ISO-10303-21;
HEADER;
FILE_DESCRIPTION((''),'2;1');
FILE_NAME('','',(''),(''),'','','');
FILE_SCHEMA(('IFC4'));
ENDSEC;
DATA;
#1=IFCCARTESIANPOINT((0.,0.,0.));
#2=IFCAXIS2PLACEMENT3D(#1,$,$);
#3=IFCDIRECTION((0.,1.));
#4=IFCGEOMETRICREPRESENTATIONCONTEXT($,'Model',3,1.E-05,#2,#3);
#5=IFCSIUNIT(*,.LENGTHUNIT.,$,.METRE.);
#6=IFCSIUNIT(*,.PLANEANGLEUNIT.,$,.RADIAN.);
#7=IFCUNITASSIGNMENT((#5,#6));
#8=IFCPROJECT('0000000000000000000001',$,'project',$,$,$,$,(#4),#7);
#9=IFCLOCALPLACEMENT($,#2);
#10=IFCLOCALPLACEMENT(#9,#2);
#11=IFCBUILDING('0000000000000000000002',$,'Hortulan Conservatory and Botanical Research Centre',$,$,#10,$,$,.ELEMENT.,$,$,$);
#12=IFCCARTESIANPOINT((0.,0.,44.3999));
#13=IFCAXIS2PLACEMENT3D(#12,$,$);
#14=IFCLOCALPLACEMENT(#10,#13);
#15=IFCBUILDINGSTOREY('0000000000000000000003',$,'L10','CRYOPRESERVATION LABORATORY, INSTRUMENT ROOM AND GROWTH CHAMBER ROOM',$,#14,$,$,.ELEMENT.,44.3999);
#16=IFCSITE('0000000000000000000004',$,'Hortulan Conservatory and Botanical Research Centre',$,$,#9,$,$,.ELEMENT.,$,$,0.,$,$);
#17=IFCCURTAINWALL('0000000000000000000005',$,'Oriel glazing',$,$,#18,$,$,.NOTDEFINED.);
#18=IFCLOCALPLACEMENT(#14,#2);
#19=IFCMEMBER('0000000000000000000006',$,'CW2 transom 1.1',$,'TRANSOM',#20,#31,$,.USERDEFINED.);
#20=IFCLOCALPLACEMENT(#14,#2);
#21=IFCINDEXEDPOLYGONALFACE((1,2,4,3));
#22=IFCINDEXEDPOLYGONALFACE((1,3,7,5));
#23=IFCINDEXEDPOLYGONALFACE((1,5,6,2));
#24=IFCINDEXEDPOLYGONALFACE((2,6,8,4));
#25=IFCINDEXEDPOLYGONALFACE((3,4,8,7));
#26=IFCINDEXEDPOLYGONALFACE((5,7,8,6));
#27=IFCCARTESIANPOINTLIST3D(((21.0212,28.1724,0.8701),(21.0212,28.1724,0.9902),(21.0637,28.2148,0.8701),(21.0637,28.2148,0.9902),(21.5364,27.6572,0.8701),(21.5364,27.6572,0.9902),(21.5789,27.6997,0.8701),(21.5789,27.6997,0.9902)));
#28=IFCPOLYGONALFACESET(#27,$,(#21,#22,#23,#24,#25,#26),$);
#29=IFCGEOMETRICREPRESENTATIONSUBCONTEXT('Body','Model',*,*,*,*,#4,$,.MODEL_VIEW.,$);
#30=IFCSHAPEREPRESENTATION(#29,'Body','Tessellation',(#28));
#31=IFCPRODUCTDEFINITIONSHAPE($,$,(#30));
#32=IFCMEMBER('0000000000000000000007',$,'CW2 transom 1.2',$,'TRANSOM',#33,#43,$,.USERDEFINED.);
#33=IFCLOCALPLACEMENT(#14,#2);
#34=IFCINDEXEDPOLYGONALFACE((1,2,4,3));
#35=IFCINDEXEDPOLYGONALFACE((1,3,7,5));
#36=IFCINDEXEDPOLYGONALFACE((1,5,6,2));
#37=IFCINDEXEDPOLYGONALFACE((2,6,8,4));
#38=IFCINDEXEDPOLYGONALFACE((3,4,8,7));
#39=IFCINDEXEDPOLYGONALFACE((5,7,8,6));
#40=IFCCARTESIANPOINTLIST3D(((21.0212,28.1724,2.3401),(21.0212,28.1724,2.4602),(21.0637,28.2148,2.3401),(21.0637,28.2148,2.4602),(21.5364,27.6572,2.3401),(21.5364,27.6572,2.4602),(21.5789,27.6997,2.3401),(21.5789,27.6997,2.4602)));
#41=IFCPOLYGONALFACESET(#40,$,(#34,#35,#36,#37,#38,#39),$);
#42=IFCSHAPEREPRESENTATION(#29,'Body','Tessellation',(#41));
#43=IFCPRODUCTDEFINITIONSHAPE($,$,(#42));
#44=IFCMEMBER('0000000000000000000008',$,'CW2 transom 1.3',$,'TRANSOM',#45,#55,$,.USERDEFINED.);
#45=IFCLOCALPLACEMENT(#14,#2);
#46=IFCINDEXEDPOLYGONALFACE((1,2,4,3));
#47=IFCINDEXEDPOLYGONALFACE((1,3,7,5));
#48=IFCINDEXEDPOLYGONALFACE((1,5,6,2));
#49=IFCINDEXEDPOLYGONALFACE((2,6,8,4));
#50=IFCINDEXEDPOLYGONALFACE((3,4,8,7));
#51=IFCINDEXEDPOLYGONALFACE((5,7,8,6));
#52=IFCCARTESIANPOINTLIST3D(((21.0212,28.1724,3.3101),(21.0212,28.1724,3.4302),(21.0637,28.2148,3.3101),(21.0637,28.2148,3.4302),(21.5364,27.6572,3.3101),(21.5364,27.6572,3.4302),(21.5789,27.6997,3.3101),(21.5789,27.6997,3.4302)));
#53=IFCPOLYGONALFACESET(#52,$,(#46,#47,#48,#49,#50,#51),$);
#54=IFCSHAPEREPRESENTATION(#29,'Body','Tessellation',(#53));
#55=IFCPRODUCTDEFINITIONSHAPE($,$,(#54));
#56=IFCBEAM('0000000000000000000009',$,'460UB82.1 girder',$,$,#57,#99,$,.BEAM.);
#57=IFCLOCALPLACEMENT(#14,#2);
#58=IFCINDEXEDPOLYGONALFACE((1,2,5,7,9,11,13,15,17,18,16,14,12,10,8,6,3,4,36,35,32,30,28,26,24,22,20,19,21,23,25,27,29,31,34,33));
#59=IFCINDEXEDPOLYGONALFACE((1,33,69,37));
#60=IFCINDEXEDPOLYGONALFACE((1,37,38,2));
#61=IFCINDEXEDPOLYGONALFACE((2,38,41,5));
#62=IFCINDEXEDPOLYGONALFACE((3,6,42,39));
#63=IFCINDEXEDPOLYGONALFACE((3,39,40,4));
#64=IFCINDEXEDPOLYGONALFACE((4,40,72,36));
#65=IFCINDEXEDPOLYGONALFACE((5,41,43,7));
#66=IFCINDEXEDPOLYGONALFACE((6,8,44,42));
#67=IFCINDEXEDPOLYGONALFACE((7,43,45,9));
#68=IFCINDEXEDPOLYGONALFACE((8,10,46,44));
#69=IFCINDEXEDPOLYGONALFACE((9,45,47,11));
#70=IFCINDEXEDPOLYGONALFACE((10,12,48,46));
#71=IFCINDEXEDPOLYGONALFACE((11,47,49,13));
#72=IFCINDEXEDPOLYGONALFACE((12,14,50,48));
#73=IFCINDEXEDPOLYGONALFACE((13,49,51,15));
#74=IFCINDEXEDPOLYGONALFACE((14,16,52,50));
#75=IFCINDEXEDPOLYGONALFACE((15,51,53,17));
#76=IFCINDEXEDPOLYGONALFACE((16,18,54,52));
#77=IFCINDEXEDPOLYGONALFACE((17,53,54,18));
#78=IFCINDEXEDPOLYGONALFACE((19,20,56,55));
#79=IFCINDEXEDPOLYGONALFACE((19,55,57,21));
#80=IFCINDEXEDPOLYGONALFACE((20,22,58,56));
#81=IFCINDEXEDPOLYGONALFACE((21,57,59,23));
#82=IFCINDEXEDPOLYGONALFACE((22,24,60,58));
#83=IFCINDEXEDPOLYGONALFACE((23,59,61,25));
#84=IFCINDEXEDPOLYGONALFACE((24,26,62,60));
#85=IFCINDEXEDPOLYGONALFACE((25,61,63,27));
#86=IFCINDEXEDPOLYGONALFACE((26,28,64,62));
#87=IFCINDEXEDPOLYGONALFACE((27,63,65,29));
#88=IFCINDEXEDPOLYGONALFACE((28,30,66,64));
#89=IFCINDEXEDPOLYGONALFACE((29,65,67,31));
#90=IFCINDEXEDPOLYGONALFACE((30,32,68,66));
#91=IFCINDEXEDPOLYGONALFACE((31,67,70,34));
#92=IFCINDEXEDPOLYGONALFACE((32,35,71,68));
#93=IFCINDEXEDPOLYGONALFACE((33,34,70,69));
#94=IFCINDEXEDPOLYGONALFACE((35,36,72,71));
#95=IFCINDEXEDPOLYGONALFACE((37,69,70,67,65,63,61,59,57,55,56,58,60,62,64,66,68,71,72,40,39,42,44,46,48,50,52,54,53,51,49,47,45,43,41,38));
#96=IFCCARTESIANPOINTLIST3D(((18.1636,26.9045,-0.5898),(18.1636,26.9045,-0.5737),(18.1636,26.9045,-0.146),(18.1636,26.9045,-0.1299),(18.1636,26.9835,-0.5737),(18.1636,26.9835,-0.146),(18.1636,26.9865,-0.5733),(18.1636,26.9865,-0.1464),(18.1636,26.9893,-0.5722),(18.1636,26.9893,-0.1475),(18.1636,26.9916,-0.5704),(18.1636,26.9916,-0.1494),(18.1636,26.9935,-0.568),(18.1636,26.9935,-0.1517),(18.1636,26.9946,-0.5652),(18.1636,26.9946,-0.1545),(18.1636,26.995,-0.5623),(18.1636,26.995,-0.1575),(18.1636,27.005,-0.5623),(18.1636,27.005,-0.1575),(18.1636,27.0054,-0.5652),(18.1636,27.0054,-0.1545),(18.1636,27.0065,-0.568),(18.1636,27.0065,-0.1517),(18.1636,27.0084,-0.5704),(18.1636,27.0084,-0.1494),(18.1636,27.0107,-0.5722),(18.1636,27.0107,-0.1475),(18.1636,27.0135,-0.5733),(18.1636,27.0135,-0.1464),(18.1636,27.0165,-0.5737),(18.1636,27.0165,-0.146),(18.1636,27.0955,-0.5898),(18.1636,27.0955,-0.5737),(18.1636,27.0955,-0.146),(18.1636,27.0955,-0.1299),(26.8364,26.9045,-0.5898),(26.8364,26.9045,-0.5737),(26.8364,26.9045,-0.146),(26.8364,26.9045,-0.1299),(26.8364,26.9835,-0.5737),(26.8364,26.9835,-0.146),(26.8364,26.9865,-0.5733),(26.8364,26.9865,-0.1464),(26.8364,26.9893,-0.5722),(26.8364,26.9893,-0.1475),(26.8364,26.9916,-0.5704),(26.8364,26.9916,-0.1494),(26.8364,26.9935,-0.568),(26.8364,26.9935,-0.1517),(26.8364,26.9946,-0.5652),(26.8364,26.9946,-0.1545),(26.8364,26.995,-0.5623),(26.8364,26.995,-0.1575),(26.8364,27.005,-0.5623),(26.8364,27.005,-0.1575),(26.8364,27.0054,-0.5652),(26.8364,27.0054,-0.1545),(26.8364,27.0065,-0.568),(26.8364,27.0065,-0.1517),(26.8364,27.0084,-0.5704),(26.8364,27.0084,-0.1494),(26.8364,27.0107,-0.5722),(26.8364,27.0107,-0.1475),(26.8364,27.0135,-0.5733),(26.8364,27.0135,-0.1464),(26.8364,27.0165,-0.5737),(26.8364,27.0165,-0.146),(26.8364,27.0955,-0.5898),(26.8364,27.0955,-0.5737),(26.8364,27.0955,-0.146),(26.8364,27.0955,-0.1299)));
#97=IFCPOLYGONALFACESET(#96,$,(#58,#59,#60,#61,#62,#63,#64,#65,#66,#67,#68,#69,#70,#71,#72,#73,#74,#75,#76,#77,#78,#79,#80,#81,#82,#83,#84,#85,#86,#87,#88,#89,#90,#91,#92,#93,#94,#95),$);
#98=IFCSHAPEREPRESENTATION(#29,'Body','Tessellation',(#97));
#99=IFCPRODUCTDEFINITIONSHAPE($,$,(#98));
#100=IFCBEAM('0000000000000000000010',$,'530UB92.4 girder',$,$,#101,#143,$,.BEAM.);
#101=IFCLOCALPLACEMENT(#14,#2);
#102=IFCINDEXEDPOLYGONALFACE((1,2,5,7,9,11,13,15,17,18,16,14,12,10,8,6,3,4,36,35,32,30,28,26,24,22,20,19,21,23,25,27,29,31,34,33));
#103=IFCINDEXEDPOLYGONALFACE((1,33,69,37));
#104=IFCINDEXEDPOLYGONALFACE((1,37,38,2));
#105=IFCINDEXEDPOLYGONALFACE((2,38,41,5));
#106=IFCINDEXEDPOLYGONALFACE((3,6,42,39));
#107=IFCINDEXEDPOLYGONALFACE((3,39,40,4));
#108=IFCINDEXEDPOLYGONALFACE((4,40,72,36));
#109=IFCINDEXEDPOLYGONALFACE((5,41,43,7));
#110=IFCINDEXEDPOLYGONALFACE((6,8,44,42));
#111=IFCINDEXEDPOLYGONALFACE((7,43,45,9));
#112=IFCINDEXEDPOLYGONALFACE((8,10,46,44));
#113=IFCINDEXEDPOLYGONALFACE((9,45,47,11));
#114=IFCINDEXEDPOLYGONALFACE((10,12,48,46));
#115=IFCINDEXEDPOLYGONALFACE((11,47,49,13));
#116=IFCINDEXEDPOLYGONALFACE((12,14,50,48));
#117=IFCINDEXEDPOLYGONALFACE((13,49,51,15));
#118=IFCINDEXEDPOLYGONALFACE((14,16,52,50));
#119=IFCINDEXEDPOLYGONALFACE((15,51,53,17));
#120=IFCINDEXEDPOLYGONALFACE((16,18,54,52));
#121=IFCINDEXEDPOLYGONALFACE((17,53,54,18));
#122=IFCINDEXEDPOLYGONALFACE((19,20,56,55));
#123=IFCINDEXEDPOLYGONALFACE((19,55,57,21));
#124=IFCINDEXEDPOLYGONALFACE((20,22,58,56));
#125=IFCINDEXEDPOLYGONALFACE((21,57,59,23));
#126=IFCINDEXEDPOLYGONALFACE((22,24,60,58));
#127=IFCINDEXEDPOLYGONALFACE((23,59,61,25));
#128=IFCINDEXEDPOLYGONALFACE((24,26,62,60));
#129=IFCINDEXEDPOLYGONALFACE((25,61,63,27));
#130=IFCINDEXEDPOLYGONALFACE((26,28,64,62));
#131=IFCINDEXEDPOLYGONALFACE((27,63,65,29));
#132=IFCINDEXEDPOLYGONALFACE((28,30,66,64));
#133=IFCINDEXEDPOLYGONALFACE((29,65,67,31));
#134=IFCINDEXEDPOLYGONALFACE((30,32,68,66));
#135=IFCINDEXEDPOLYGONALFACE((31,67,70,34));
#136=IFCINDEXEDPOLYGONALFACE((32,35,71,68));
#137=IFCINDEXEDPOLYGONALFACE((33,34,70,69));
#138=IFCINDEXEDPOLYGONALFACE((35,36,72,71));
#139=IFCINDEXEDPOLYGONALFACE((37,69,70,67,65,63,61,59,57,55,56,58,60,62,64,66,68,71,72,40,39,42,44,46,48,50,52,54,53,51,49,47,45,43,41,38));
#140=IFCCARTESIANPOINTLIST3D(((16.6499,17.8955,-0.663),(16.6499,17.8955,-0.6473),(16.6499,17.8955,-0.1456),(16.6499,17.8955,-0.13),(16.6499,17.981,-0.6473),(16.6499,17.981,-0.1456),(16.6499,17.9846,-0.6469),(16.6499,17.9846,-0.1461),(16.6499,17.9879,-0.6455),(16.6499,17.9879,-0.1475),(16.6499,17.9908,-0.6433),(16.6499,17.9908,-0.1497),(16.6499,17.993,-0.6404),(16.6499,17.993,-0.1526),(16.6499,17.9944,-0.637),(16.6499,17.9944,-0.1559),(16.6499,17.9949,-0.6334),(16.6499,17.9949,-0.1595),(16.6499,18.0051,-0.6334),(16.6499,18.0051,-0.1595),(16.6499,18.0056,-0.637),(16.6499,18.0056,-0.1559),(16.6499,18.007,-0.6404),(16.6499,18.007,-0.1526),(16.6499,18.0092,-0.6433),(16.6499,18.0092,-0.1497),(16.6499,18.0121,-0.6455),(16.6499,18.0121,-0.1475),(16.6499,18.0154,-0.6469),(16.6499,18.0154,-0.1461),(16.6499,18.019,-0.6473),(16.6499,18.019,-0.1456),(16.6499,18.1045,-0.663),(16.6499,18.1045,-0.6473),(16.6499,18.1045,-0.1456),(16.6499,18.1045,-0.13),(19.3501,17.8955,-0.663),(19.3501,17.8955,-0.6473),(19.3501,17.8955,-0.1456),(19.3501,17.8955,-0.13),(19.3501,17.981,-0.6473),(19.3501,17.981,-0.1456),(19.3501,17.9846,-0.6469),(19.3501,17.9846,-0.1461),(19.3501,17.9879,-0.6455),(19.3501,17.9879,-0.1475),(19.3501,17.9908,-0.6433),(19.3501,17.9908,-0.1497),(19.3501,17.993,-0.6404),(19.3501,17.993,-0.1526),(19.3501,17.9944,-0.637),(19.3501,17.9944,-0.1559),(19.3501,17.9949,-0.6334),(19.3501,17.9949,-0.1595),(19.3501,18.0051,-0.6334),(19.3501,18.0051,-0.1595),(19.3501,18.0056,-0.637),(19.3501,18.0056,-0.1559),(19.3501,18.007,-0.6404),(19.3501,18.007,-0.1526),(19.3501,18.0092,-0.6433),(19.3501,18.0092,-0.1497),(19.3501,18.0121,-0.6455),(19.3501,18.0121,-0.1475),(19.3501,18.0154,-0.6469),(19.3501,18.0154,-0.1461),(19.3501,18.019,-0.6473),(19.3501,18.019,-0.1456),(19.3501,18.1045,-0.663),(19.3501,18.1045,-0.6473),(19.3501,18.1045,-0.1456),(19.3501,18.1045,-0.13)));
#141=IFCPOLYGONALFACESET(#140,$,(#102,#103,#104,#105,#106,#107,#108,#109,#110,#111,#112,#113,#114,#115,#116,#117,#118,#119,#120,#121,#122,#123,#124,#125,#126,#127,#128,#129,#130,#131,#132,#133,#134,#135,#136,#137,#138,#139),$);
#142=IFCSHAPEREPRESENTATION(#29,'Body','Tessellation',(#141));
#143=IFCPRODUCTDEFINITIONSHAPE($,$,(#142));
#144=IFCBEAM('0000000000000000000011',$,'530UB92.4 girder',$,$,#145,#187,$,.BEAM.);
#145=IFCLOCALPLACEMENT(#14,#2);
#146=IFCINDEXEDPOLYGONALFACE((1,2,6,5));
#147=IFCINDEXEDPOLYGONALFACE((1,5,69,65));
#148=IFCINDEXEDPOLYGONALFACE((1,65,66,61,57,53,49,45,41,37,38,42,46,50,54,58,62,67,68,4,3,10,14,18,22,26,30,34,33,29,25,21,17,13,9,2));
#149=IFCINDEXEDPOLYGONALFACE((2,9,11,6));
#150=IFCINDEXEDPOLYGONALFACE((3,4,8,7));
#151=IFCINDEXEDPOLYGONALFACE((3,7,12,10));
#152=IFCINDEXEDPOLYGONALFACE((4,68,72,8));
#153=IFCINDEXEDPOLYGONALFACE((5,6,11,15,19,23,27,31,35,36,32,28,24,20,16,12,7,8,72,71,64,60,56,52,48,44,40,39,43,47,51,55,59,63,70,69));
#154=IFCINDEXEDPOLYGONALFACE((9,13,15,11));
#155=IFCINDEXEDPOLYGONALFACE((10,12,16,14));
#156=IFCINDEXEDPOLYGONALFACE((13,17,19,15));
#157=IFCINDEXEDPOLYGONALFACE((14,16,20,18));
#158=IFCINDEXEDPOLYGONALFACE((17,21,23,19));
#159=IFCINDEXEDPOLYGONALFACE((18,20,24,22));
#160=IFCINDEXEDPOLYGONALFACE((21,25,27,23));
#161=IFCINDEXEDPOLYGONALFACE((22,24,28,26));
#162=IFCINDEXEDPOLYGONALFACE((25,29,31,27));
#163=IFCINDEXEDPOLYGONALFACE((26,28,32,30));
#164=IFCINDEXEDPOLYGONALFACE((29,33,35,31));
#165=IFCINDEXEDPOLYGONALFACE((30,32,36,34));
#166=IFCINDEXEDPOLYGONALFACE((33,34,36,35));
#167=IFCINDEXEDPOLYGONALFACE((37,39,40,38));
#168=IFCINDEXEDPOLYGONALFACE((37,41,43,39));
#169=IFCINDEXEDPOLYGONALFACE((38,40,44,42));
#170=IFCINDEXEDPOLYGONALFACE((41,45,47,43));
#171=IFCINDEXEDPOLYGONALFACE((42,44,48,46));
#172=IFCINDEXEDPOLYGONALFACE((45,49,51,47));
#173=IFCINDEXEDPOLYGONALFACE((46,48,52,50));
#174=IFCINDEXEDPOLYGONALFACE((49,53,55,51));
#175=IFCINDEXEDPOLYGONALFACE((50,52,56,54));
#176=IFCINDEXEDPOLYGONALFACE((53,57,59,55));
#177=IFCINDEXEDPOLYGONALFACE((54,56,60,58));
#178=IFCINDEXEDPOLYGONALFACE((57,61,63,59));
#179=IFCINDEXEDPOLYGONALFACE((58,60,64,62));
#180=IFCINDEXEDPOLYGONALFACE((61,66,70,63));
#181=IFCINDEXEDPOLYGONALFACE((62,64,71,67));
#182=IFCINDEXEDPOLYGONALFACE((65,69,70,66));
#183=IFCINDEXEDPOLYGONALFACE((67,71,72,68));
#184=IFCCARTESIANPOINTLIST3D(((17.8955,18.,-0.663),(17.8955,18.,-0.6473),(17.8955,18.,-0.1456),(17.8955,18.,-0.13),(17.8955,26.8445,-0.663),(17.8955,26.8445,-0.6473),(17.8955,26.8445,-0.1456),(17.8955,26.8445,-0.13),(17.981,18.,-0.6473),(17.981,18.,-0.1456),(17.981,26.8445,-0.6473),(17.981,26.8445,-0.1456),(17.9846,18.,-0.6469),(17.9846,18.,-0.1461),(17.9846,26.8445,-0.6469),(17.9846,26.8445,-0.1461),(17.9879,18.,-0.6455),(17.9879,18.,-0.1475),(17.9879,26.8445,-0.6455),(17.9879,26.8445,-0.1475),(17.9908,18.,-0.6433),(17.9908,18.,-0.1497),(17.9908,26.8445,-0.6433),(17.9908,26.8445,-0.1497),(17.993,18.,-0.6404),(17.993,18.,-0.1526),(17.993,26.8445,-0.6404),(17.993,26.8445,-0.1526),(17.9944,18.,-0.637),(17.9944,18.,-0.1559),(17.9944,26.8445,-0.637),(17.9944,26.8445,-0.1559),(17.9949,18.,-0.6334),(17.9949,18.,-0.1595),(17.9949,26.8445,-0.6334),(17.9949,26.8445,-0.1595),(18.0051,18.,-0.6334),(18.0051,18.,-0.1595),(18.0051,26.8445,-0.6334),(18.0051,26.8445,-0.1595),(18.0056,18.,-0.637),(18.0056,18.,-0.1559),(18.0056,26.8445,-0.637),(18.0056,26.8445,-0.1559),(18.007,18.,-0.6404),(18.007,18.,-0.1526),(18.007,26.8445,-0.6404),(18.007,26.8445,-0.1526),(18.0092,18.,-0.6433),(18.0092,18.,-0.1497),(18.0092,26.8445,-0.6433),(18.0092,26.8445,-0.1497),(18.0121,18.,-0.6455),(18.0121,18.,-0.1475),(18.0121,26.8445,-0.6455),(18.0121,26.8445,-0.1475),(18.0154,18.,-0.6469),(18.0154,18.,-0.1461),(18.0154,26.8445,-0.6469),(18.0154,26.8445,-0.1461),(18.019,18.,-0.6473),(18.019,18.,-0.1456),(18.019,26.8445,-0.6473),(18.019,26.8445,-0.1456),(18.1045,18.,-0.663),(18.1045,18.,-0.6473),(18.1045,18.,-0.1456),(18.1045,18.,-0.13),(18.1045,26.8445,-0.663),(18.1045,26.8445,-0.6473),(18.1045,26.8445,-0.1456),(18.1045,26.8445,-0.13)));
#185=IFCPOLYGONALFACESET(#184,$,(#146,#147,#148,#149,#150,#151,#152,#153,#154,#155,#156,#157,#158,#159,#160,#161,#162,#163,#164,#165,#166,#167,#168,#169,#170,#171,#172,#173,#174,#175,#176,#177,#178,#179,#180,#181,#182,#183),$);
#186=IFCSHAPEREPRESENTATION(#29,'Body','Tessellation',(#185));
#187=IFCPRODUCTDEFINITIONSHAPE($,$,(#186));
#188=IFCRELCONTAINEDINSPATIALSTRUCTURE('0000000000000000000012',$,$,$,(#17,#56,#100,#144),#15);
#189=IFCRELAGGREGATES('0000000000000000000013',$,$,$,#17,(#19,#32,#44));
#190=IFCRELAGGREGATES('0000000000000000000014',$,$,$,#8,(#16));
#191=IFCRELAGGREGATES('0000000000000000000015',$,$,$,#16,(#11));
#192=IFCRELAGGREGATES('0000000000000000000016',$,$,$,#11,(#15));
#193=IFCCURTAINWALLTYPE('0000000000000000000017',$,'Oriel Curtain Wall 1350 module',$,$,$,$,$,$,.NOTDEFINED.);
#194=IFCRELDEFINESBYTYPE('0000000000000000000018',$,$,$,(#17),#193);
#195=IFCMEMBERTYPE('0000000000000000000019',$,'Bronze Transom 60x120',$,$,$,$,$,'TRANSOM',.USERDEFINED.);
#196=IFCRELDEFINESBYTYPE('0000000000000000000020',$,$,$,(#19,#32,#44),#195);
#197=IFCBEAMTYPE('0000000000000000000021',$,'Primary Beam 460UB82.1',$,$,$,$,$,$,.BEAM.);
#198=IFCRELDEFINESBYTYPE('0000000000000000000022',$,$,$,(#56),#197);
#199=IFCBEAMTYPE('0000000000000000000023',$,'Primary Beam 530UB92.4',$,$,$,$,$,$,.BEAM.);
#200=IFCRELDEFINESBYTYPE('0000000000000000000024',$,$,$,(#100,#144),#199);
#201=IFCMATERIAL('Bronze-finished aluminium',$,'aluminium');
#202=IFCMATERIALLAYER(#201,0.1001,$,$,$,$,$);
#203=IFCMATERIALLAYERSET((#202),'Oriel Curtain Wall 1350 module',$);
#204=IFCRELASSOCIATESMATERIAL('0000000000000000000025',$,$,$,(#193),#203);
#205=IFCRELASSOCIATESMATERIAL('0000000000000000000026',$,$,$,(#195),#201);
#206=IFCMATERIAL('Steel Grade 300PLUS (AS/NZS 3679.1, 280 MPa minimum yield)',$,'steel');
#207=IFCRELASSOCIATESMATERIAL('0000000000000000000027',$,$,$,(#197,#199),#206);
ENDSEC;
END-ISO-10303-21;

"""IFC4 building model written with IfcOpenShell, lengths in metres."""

from ifc_helpers import new_model, si_unit, direction, frame, origin, origin_2d, place, context, subcontext, project, spatial, rectangle, i_section, extrude, material, layer, layer_set, material_profile, profile_set, type_object, element, aggregate, save


model = new_model("IFC4")

# Units and contexts
model_context = context("Model", 3, precision=1e-05, world=origin(), true_north=direction((0.0, 1.0)))
body_context = subcontext(model_context, "Body", "Model", "MODEL_VIEW")
ifc_project = project(units=[si_unit("LENGTHUNIT", "METRE"), si_unit("PLANEANGLEUNIT", "RADIAN")], contexts=[model_context])

# Site, building, storey
site_placement = place(None, origin())
site = spatial("IfcSite", under=ifc_project, at=site_placement, Name="Hortulan Conservatory and Botanical Research Centre", CompositionType="ELEMENT", RefElevation=0.0)
building_placement = place(site_placement, origin())
building = spatial("IfcBuilding", under=site, at=building_placement, Name="Hortulan Conservatory and Botanical Research Centre", CompositionType="ELEMENT")
storey_placement = place(building_placement, frame((0.0, 0.0, 44.3999)))
storey = spatial("IfcBuildingStorey", under=building, at=storey_placement, Name="L10", Description="CRYOPRESERVATION LABORATORY, INSTRUMENT ROOM AND GROWTH CHAMBER ROOM", CompositionType="ELEMENT", Elevation=44.3999)

# Shared definitions
ifc_material_1 = material(Name="Steel Grade 300PLUS (AS/NZS 3679.1, 280 MPa minimum yield)", Category="steel")

# Shared definitions
ifc_material_2 = material(Name="Bronze-finished aluminium", Category="aluminium")
ifc_layer_1 = layer(ifc_material_2, 0.1001)
ifc_layer_set_1 = layer_set([ifc_layer_1], Name="Oriel Curtain Wall 1350 module")
curtain_wall_type = type_object("IfcCurtainWallType", Name="Oriel Curtain Wall 1350 module", PredefinedType="NOTDEFINED", material=ifc_layer_set_1)

# Curtain wall
curtain_wall_1_placement = place(storey_placement, origin())
curtain_wall_1 = element("IfcCurtainWall", 1, at=curtain_wall_1_placement, inside=storey, type_object=curtain_wall_type, Name="Oriel glazing", PredefinedType="NOTDEFINED")

# Members
ifc_material_profile_1 = material_profile(ifc_material_2, rectangle(XDim=0.0601, YDim=0.1201, at=origin_2d()), Name="Bronze Transom 60x120")
ifc_profile_set_1 = profile_set([ifc_material_profile_1], Name="Bronze-finished aluminium")
member_type_1 = type_object("IfcMemberType", Name="Bronze Transom 60x120", ElementType="TRANSOM", PredefinedType="USERDEFINED", material=ifc_profile_set_1)
member_1_placement = place(storey_placement, frame((21.0425, 28.1936, 0.9302), z_axis=(0.707107, -0.707107, 0.0), x_axis=(0.707107, 0.707107, 0.0)))
member_1 = element("IfcMember", 2, at=member_1_placement, type_object=member_type_1, Name="CW2 transom 1.1", ObjectType="TRANSOM", PredefinedType="USERDEFINED", context=body_context, shape_type="SweptSolid", body=[
    extrude(rectangle(XDim=0.0601, YDim=0.1201, at=origin_2d()), origin(), (0.0, 0.0, 1.0), 0.7285),
])
member_2_placement = place(storey_placement, frame((21.0425, 28.1936, 2.4001), z_axis=(0.707107, -0.707107, 0.0), x_axis=(0.707107, 0.707107, 0.0)))
member_2 = element("IfcMember", 3, at=member_2_placement, type_object=member_type_1, Name="CW2 transom 1.2", ObjectType="TRANSOM", PredefinedType="USERDEFINED", context=body_context, shape_type="SweptSolid", body=[
    extrude(rectangle(XDim=0.0601, YDim=0.1201, at=origin_2d()), origin(), (0.0, 0.0, 1.0), 0.7285),
])
member_3_placement = place(storey_placement, frame((21.0425, 28.1936, 3.3701), z_axis=(0.707107, -0.707107, 0.0), x_axis=(0.707107, 0.707107, 0.0)))
member_3 = element("IfcMember", 4, at=member_3_placement, type_object=member_type_1, Name="CW2 transom 1.3", ObjectType="TRANSOM", PredefinedType="USERDEFINED", context=body_context, shape_type="SweptSolid", body=[
    extrude(rectangle(XDim=0.0601, YDim=0.1201, at=origin_2d()), origin(), (0.0, 0.0, 1.0), 0.7285),
])

# Beams
ifc_material_profile_2 = material_profile(ifc_material_1, i_section(OverallWidth=0.1909, OverallDepth=0.46, WebThickness=0.01, FlangeThickness=0.0161, FilletRadius=0.0115, at=origin_2d()), Name="460UB82.1")
ifc_profile_set_2 = profile_set([ifc_material_profile_2], Name="Steel Grade 300PLUS (AS/NZS 3679.1, 280 MPa minimum yield)")
beam_type_1 = type_object("IfcBeamType", Name="Primary Beam 460UB82.1", PredefinedType="BEAM", material=ifc_profile_set_2)
beam_1_placement = place(storey_placement, frame((18.1636, 27.0, -0.3599), z_axis=(1.0, 0.0, 0.0), x_axis=(0.0, 1.0, 0.0)))
element("IfcBeam", 5, at=beam_1_placement, inside=storey, type_object=beam_type_1, Name="460UB82.1 girder", PredefinedType="BEAM", context=body_context, shape_type="SweptSolid", body=[
    extrude(i_section(OverallWidth=0.1909, OverallDepth=0.46, WebThickness=0.01, FlangeThickness=0.0161, FilletRadius=0.0115, at=origin_2d()), origin(), (0.0, 0.0, 1.0), 8.6729),
])
ifc_material_profile_3 = material_profile(ifc_material_1, i_section(OverallWidth=0.209, OverallDepth=0.533, WebThickness=0.0103, FlangeThickness=0.0156, FilletRadius=0.0139, at=origin_2d()), Name="530UB92.4")
ifc_profile_set_3 = profile_set([ifc_material_profile_3], Name="Steel Grade 300PLUS (AS/NZS 3679.1, 280 MPa minimum yield)")
beam_type_2 = type_object("IfcBeamType", Name="Primary Beam 530UB92.4", PredefinedType="BEAM", material=ifc_profile_set_3)
beam_2_placement = place(storey_placement, frame((16.6499, 18.0, -0.3965), z_axis=(1.0, 0.0, 0.0), x_axis=(0.0, 1.0, 0.0)))
element("IfcBeam", 6, at=beam_2_placement, inside=storey, type_object=beam_type_2, Name="530UB92.4 girder", PredefinedType="BEAM", context=body_context, shape_type="SweptSolid", body=[
    extrude(i_section(OverallWidth=0.209, OverallDepth=0.533, WebThickness=0.0103, FlangeThickness=0.0156, FilletRadius=0.0139, at=origin_2d()), origin(), (0.0, 0.0, 1.0), 2.7002),
])
beam_3_placement = place(storey_placement, frame((18.0, 18.0, -0.3965), z_axis=(0.0, 1.0, 0.0), x_axis=(-1.0, 0.0, 0.0)))
element("IfcBeam", 7, at=beam_3_placement, inside=storey, type_object=beam_type_2, Name="530UB92.4 girder", PredefinedType="BEAM", context=body_context, shape_type="SweptSolid", body=[
    extrude(i_section(OverallWidth=0.209, OverallDepth=0.533, WebThickness=0.0103, FlangeThickness=0.0156, FilletRadius=0.0139, at=origin_2d()), origin(), (0.0, 0.0, 1.0), 8.8445),
])

aggregate(curtain_wall_1, [member_1, member_2, member_3])

save(model, "model.ifc")
